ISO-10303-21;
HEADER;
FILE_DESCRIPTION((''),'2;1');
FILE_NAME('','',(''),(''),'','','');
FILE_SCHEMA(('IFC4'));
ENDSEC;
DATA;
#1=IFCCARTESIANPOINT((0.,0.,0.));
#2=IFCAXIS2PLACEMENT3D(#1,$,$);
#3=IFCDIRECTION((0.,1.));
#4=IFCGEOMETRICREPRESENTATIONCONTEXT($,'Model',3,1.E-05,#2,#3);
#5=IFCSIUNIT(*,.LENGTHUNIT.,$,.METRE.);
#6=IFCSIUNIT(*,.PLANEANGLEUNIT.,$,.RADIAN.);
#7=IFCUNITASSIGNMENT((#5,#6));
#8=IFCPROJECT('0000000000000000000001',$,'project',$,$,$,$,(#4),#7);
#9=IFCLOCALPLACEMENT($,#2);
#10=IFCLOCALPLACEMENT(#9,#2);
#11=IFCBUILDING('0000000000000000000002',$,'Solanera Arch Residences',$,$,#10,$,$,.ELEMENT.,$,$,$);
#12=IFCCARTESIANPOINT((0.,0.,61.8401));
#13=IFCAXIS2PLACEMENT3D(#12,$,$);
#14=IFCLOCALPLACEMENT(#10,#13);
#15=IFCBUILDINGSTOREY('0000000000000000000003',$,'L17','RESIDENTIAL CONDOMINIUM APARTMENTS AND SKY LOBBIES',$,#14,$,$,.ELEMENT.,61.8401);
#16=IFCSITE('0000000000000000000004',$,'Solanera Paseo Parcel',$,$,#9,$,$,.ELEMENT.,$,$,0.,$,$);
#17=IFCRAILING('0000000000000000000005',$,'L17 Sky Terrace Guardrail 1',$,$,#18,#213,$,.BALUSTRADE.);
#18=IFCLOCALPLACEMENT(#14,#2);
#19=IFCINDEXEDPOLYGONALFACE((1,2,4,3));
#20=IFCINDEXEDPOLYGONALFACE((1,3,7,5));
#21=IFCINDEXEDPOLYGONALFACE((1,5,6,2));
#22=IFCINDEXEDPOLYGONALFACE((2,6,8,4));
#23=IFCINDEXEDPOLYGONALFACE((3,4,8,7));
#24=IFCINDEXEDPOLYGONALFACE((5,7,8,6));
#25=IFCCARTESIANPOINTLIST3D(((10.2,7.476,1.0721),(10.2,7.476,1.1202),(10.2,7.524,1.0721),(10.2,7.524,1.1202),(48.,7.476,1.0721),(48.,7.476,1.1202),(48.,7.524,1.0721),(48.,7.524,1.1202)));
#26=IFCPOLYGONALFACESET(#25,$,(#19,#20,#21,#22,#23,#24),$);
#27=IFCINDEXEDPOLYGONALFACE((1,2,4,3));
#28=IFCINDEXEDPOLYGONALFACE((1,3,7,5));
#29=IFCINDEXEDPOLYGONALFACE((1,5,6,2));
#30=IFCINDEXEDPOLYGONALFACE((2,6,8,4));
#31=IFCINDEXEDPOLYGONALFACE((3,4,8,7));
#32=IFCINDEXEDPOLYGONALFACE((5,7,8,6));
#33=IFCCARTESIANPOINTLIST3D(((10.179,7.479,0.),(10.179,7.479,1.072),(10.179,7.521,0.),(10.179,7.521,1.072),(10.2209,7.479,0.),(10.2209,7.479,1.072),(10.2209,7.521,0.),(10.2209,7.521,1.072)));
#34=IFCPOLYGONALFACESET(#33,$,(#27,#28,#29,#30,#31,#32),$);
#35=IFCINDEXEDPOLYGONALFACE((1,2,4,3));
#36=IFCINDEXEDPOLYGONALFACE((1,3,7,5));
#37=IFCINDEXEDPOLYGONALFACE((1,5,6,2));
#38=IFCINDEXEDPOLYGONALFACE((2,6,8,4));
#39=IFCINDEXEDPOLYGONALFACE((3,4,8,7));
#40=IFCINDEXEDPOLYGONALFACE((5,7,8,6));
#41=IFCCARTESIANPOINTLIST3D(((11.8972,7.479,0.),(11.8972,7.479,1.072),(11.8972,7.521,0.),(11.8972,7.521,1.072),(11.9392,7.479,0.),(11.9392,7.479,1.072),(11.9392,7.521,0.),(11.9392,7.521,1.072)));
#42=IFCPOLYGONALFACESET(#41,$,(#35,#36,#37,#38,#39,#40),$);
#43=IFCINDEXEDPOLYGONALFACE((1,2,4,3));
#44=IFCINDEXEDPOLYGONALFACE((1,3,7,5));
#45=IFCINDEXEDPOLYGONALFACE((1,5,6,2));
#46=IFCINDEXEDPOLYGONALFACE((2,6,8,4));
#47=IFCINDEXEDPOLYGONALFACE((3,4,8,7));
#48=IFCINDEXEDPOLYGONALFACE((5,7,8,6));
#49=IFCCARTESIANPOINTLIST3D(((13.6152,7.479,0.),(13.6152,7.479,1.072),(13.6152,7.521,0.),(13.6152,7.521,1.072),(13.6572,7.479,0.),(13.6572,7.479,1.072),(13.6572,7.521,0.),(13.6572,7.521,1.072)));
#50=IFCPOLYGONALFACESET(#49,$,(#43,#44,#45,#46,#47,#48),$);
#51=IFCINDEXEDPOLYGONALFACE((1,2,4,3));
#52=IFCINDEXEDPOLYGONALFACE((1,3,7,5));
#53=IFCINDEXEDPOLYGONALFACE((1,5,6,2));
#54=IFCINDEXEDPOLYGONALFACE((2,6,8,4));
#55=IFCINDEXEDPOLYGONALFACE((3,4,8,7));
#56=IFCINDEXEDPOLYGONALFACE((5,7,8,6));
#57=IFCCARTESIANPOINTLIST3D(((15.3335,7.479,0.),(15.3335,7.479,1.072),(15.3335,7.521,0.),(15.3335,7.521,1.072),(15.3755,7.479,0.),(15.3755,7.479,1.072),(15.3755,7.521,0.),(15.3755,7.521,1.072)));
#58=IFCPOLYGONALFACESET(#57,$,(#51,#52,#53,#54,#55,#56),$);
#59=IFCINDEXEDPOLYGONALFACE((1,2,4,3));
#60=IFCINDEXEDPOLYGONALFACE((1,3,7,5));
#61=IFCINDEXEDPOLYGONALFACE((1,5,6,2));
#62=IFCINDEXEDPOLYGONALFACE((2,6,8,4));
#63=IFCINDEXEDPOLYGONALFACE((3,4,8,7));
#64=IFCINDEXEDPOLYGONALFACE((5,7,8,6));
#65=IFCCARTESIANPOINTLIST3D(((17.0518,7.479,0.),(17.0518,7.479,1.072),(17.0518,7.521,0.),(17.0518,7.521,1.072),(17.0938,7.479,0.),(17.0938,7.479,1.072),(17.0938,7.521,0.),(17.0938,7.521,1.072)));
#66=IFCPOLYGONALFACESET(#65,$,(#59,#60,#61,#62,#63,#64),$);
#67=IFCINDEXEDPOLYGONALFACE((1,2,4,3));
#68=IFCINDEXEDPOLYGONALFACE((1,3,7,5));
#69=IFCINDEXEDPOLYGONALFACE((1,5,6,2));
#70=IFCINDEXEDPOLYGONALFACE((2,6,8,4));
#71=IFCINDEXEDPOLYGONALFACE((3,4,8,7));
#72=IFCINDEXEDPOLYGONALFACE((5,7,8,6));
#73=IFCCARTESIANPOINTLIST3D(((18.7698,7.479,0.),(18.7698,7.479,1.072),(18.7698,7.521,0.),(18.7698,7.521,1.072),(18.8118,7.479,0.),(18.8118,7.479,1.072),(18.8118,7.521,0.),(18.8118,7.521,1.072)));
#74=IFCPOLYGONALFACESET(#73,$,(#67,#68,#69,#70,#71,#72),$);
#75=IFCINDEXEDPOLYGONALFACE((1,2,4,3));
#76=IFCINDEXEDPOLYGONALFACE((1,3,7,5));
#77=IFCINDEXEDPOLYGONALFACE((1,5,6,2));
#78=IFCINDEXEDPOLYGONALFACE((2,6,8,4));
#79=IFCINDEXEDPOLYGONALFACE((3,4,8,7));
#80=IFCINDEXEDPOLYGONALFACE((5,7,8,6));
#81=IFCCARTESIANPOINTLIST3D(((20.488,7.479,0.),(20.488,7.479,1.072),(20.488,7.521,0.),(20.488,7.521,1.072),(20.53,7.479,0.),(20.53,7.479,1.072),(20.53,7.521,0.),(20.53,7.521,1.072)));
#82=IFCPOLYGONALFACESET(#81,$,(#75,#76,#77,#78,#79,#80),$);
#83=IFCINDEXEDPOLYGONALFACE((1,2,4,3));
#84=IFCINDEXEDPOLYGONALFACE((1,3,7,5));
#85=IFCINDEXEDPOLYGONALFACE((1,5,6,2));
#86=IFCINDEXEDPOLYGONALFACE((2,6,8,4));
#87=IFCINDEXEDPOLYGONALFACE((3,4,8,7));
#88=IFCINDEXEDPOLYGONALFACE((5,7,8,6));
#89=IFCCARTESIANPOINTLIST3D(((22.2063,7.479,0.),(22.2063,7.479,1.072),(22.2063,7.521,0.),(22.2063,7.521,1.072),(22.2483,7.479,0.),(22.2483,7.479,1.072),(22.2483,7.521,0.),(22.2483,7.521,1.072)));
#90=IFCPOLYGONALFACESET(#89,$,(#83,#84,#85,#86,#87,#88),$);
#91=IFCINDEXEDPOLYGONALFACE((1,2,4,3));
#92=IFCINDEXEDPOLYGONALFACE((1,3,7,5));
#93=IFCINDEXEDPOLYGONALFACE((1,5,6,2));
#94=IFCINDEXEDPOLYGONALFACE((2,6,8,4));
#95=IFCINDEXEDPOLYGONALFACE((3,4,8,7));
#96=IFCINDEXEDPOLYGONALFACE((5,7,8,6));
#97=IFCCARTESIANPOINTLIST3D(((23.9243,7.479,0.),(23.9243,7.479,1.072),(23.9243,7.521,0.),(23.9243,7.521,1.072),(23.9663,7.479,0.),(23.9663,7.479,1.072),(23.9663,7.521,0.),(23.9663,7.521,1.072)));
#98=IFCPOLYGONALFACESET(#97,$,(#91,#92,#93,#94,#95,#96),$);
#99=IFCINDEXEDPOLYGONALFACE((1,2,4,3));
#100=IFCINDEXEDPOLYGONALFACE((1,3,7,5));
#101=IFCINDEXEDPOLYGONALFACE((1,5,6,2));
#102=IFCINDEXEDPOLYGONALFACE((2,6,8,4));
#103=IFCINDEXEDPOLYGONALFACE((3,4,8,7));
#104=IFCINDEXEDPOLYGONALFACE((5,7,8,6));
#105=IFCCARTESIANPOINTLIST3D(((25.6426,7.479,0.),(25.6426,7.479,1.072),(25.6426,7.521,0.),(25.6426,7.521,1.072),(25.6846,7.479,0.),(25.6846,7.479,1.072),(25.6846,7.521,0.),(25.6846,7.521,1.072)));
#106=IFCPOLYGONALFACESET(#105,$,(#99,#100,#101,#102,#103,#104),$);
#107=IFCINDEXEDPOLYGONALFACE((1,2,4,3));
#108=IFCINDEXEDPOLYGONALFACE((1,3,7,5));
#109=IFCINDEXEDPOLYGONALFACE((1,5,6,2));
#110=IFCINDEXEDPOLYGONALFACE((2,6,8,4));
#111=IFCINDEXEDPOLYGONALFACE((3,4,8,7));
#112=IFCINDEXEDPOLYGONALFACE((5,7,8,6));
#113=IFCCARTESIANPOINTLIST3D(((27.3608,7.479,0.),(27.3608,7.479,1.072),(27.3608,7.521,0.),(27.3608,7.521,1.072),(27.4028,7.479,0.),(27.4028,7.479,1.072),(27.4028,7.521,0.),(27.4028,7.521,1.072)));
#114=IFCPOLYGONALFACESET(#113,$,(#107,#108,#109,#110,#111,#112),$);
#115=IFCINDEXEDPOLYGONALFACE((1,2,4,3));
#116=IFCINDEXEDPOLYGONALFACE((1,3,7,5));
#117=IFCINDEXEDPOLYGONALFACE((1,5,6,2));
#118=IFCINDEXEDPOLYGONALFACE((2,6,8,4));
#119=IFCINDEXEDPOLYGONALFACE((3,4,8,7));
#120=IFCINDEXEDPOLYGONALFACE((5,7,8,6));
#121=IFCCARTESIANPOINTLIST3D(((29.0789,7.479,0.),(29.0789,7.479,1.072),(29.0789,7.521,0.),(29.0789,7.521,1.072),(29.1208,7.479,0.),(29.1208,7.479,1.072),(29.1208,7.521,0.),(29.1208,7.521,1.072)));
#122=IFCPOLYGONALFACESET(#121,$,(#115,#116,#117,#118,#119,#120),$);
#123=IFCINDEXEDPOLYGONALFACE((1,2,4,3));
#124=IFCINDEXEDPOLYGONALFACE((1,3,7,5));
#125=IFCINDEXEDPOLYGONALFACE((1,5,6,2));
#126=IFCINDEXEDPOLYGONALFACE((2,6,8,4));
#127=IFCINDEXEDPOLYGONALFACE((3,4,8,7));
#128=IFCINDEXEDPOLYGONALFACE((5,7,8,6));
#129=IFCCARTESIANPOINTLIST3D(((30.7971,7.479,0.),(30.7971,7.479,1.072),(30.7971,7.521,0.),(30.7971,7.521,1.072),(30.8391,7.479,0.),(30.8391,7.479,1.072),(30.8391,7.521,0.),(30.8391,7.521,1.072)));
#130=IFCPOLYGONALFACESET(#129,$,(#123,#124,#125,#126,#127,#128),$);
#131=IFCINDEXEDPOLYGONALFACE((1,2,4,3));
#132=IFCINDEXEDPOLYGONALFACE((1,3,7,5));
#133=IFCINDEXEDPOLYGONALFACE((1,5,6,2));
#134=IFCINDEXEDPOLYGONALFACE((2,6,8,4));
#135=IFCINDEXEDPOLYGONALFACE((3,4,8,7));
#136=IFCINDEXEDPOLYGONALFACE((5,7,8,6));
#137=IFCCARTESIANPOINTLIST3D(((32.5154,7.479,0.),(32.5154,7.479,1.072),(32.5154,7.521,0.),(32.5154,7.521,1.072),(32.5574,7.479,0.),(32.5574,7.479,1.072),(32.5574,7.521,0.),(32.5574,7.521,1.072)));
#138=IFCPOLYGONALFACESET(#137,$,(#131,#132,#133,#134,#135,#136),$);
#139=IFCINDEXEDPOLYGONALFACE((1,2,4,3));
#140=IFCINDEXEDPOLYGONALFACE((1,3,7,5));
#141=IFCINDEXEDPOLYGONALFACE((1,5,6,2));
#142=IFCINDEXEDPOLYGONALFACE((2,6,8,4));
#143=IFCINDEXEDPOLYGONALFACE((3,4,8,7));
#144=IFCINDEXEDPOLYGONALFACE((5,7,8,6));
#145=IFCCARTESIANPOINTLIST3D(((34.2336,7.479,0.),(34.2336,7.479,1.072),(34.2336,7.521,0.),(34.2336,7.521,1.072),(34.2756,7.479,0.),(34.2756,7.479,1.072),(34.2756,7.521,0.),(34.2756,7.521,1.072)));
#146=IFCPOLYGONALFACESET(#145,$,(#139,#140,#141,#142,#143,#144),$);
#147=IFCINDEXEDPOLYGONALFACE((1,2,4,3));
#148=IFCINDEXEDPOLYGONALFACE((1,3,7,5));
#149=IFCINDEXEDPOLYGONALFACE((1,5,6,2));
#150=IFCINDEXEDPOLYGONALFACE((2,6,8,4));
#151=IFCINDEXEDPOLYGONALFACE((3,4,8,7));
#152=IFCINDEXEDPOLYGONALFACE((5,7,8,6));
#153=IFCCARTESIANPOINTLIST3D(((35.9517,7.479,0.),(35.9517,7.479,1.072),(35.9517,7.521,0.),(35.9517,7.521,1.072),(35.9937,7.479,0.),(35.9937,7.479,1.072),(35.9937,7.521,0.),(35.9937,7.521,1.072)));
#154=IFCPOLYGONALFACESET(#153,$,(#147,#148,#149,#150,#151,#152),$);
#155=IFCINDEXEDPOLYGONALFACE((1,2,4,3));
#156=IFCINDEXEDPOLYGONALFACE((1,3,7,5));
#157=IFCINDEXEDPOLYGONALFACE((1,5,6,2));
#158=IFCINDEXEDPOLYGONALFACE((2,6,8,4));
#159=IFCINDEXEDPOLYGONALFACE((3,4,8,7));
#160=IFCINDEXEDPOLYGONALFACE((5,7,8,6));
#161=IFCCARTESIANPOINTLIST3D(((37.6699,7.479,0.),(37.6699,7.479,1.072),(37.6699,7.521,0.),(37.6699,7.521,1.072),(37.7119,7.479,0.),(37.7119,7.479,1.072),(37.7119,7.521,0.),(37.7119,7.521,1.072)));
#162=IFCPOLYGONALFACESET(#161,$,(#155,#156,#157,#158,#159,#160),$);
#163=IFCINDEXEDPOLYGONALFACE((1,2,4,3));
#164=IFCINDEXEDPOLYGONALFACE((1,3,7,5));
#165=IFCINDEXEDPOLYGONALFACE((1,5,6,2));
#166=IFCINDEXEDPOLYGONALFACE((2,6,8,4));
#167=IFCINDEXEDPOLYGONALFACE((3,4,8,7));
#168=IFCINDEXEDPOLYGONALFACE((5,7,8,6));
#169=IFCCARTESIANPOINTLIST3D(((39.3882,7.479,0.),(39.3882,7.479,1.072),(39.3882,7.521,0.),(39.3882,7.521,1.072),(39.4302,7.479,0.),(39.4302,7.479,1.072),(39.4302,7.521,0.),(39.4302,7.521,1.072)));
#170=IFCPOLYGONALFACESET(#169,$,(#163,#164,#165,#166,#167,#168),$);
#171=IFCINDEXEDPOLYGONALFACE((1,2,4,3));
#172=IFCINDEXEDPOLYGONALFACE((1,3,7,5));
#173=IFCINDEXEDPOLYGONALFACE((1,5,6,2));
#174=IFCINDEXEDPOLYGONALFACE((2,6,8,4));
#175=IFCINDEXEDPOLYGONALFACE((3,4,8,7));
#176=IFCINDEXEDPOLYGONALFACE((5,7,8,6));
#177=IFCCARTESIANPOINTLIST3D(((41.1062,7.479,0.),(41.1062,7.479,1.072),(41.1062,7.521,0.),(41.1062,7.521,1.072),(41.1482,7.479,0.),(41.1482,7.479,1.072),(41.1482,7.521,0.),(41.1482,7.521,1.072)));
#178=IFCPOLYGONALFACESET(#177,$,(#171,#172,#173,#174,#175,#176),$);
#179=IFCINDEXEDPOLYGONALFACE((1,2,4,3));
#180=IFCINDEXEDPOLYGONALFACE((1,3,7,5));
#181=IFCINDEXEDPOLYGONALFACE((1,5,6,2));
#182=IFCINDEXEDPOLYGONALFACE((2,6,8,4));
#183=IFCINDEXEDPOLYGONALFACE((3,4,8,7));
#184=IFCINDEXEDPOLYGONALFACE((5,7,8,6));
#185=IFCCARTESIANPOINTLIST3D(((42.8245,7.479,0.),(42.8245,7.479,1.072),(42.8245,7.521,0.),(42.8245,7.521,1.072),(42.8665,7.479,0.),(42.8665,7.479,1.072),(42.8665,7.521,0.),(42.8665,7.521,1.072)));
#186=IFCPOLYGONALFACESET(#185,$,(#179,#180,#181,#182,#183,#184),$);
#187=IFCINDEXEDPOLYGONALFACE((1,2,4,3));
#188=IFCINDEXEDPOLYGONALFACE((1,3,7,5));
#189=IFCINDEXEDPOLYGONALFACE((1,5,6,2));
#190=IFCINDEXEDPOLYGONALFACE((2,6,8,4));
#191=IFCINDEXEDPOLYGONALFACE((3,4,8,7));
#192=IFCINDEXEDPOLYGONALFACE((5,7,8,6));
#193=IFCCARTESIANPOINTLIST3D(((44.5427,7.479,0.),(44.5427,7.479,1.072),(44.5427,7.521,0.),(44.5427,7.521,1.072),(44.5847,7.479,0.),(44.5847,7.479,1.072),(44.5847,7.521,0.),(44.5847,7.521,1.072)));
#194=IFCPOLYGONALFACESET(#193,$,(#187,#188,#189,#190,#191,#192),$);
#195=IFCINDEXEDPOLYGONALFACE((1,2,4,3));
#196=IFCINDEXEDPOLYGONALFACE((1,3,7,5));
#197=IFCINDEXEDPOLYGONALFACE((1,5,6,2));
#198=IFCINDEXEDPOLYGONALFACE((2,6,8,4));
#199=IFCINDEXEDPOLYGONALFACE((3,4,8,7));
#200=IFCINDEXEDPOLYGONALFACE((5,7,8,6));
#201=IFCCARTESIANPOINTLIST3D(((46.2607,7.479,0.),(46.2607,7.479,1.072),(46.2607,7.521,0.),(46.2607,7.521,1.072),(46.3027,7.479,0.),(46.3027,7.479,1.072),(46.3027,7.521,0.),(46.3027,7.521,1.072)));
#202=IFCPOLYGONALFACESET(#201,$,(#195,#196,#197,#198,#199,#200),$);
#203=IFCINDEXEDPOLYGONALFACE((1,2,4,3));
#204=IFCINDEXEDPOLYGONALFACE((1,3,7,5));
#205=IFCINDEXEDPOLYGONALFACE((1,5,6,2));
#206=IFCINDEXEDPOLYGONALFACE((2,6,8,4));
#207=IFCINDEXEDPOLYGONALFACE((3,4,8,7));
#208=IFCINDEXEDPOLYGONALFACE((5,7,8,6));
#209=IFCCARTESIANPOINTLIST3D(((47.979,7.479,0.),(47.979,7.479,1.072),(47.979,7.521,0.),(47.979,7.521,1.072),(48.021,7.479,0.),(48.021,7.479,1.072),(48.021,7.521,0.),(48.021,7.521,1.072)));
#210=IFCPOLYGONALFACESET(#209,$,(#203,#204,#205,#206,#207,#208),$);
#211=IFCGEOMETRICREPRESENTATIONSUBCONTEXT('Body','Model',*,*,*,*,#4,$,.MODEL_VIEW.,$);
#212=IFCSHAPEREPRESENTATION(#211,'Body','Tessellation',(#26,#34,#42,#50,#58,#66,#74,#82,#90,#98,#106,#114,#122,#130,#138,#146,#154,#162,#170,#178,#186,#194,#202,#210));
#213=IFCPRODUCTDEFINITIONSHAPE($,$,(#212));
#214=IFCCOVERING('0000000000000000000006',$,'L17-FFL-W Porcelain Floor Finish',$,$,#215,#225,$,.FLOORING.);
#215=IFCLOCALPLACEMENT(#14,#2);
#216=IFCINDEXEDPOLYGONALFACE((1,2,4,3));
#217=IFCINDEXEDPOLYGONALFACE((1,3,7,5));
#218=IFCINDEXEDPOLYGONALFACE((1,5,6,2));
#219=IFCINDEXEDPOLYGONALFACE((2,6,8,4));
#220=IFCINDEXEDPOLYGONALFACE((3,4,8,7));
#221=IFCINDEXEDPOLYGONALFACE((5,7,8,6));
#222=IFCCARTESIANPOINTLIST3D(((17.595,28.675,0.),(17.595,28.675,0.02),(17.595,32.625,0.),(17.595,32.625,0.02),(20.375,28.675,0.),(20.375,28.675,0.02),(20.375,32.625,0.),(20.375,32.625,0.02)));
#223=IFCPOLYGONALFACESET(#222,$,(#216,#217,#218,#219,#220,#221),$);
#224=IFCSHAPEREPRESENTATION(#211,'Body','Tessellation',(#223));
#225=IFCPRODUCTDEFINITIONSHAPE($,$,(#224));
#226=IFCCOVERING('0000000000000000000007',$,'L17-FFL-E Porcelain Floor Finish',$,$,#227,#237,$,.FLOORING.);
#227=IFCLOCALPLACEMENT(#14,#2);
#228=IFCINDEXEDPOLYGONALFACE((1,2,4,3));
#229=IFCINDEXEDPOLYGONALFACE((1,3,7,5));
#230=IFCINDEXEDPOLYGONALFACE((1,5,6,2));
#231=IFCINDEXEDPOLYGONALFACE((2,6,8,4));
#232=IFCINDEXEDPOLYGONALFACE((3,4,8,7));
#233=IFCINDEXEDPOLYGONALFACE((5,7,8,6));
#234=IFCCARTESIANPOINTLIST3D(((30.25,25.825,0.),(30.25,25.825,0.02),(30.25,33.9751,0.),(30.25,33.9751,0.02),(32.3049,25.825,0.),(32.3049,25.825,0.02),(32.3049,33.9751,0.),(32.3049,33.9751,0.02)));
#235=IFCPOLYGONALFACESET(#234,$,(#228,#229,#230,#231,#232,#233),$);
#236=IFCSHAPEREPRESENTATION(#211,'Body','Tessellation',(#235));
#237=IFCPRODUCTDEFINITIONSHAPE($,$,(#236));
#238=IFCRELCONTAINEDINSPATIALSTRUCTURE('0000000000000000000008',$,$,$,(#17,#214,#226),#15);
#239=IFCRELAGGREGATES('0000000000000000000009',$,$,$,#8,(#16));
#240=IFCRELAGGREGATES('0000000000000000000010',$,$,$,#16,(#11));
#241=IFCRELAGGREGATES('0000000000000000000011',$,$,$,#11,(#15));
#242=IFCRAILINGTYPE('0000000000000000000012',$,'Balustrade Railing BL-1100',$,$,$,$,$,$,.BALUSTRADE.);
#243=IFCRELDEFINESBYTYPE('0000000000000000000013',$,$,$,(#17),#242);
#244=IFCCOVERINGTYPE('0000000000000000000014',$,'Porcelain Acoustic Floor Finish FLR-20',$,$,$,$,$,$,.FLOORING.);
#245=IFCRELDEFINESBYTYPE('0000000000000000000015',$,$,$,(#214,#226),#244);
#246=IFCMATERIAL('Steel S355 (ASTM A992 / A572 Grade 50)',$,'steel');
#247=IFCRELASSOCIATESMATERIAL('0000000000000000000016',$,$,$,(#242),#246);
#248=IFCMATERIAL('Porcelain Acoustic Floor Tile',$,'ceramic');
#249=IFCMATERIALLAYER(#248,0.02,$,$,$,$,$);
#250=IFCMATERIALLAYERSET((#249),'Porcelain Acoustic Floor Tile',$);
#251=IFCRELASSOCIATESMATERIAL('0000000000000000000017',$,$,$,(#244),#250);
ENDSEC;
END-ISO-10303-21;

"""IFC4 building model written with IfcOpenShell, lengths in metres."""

from ifc_helpers import new_model, si_unit, direction, frame, origin, origin_2d, place, context, subcontext, project, spatial, polyline, rectangle, outline, extrude, material, layer, layer_set, type_object, element, save


model = new_model("IFC4")

# Units and contexts
model_context = context("Model", 3, precision=1e-05, world=origin(), true_north=direction((0.0, 1.0)))
body_context = subcontext(model_context, "Body", "Model", "MODEL_VIEW")
ifc_project = project(units=[si_unit("LENGTHUNIT", "METRE"), si_unit("PLANEANGLEUNIT", "RADIAN")], contexts=[model_context])

# Site, building, storey
site_placement = place(None, origin())
site = spatial("IfcSite", under=ifc_project, at=site_placement, Name="Solanera Paseo Parcel", CompositionType="ELEMENT", RefElevation=0.0)
building_placement = place(site_placement, origin())
building = spatial("IfcBuilding", under=site, at=building_placement, Name="Solanera Arch Residences", CompositionType="ELEMENT")
storey_placement = place(building_placement, frame((0.0, 0.0, 61.8401)))
storey = spatial("IfcBuildingStorey", under=building, at=storey_placement, Name="L17", Description="RESIDENTIAL CONDOMINIUM APARTMENTS AND SKY LOBBIES", CompositionType="ELEMENT", Elevation=61.8401)

# Railing
ifc_material_1 = material(Name="Steel S355 (ASTM A992 / A572 Grade 50)", Category="steel")
railing_type = type_object("IfcRailingType", Name="Balustrade Railing BL-1100", PredefinedType="BALUSTRADE", material=ifc_material_1)
railing_1_placement = place(storey_placement, frame((10.2, 7.5, 0.0)))
element("IfcRailing", 1, at=railing_1_placement, inside=storey, type_object=railing_type, Name="L17 Sky Terrace Guardrail 1", PredefinedType="BALUSTRADE", context=body_context, shape_type="SweptSolid", body=[
    extrude(rectangle(XDim=0.0481, YDim=0.0481, at=origin_2d()), frame((0.0, 0.0, 1.0962), z_axis=(1.0, 0.0, 0.0), x_axis=(0.0, 1.0, 0.0)), (0.0, 0.0, 1.0), 37.8),
    extrude(rectangle(XDim=0.042, YDim=0.042, at=origin_2d()), origin(), (0.0, 0.0, 1.0), 1.072),
    extrude(rectangle(XDim=0.042, YDim=0.042, at=origin_2d()), frame((1.7183, 0.0, 0.0)), (0.0, 0.0, 1.0), 1.072),
    extrude(rectangle(XDim=0.042, YDim=0.042, at=origin_2d()), frame((3.4363, 0.0, 0.0)), (0.0, 0.0, 1.0), 1.072),
    extrude(rectangle(XDim=0.042, YDim=0.042, at=origin_2d()), frame((5.1545, 0.0, 0.0)), (0.0, 0.0, 1.0), 1.072),
    extrude(rectangle(XDim=0.042, YDim=0.042, at=origin_2d()), frame((6.8728, 0.0, 0.0)), (0.0, 0.0, 1.0), 1.072),
    extrude(rectangle(XDim=0.042, YDim=0.042, at=origin_2d()), frame((8.5908, 0.0, 0.0)), (0.0, 0.0, 1.0), 1.072),
    extrude(rectangle(XDim=0.042, YDim=0.042, at=origin_2d()), frame((10.3091, 0.0, 0.0)), (0.0, 0.0, 1.0), 1.072),
    extrude(rectangle(XDim=0.042, YDim=0.042, at=origin_2d()), frame((12.0273, 0.0, 0.0)), (0.0, 0.0, 1.0), 1.072),
    extrude(rectangle(XDim=0.042, YDim=0.042, at=origin_2d()), frame((13.7454, 0.0, 0.0)), (0.0, 0.0, 1.0), 1.072),
    extrude(rectangle(XDim=0.042, YDim=0.042, at=origin_2d()), frame((15.4636, 0.0, 0.0)), (0.0, 0.0, 1.0), 1.072),
    extrude(rectangle(XDim=0.042, YDim=0.042, at=origin_2d()), frame((17.1819, 0.0, 0.0)), (0.0, 0.0, 1.0), 1.072),
    extrude(rectangle(XDim=0.042, YDim=0.042, at=origin_2d()), frame((18.8999, 0.0, 0.0)), (0.0, 0.0, 1.0), 1.072),
    extrude(rectangle(XDim=0.042, YDim=0.042, at=origin_2d()), frame((20.6182, 0.0, 0.0)), (0.0, 0.0, 1.0), 1.072),
    extrude(rectangle(XDim=0.042, YDim=0.042, at=origin_2d()), frame((22.3364, 0.0, 0.0)), (0.0, 0.0, 1.0), 1.072),
    extrude(rectangle(XDim=0.042, YDim=0.042, at=origin_2d()), frame((24.0547, 0.0, 0.0)), (0.0, 0.0, 1.0), 1.072),
    extrude(rectangle(XDim=0.042, YDim=0.042, at=origin_2d()), frame((25.7727, 0.0, 0.0)), (0.0, 0.0, 1.0), 1.072),
    extrude(rectangle(XDim=0.042, YDim=0.042, at=origin_2d()), frame((27.491, 0.0, 0.0)), (0.0, 0.0, 1.0), 1.072),
    extrude(rectangle(XDim=0.042, YDim=0.042, at=origin_2d()), frame((29.2092, 0.0, 0.0)), (0.0, 0.0, 1.0), 1.072),
    extrude(rectangle(XDim=0.042, YDim=0.042, at=origin_2d()), frame((30.9272, 0.0, 0.0)), (0.0, 0.0, 1.0), 1.072),
    extrude(rectangle(XDim=0.042, YDim=0.042, at=origin_2d()), frame((32.6455, 0.0, 0.0)), (0.0, 0.0, 1.0), 1.072),
    extrude(rectangle(XDim=0.042, YDim=0.042, at=origin_2d()), frame((34.3638, 0.0, 0.0)), (0.0, 0.0, 1.0), 1.072),
    extrude(rectangle(XDim=0.042, YDim=0.042, at=origin_2d()), frame((36.0818, 0.0, 0.0)), (0.0, 0.0, 1.0), 1.072),
    extrude(rectangle(XDim=0.042, YDim=0.042, at=origin_2d()), frame((37.8, 0.0, 0.0)), (0.0, 0.0, 1.0), 1.072),
])

# Coverings
ifc_material_2 = material(Name="Porcelain Acoustic Floor Tile", Category="ceramic")
ifc_layer_1 = layer(ifc_material_2, 0.02)
ifc_layer_set_1 = layer_set([ifc_layer_1], Name="Porcelain Acoustic Floor Tile")
covering_type_1 = type_object("IfcCoveringType", Name="Porcelain Acoustic Floor Finish FLR-20", PredefinedType="FLOORING", material=ifc_layer_set_1)
covering_1_placement = place(storey_placement, origin())
element("IfcCovering", 2, at=covering_1_placement, inside=storey, type_object=covering_type_1, Name="L17-FFL-W Porcelain Floor Finish", PredefinedType="FLOORING", context=body_context, shape_type="SweptSolid", body=[
    extrude(outline(polyline([(20.375, 28.675), (17.595, 28.675), (17.595, 32.625), (20.375, 32.625), (20.375, 28.675)])), origin(), (0.0, 0.0, 1.0), 0.02),
])
covering_2_placement = place(storey_placement, origin())
element("IfcCovering", 3, at=covering_2_placement, inside=storey, type_object=covering_type_1, Name="L17-FFL-E Porcelain Floor Finish", PredefinedType="FLOORING", context=body_context, shape_type="SweptSolid", body=[
    extrude(outline(polyline([(32.3049, 25.825), (30.25, 25.825), (30.25, 33.9751), (32.3049, 33.9751), (32.3049, 25.825)])), origin(), (0.0, 0.0, 1.0), 0.02),
])

save(model, "model.ifc")
